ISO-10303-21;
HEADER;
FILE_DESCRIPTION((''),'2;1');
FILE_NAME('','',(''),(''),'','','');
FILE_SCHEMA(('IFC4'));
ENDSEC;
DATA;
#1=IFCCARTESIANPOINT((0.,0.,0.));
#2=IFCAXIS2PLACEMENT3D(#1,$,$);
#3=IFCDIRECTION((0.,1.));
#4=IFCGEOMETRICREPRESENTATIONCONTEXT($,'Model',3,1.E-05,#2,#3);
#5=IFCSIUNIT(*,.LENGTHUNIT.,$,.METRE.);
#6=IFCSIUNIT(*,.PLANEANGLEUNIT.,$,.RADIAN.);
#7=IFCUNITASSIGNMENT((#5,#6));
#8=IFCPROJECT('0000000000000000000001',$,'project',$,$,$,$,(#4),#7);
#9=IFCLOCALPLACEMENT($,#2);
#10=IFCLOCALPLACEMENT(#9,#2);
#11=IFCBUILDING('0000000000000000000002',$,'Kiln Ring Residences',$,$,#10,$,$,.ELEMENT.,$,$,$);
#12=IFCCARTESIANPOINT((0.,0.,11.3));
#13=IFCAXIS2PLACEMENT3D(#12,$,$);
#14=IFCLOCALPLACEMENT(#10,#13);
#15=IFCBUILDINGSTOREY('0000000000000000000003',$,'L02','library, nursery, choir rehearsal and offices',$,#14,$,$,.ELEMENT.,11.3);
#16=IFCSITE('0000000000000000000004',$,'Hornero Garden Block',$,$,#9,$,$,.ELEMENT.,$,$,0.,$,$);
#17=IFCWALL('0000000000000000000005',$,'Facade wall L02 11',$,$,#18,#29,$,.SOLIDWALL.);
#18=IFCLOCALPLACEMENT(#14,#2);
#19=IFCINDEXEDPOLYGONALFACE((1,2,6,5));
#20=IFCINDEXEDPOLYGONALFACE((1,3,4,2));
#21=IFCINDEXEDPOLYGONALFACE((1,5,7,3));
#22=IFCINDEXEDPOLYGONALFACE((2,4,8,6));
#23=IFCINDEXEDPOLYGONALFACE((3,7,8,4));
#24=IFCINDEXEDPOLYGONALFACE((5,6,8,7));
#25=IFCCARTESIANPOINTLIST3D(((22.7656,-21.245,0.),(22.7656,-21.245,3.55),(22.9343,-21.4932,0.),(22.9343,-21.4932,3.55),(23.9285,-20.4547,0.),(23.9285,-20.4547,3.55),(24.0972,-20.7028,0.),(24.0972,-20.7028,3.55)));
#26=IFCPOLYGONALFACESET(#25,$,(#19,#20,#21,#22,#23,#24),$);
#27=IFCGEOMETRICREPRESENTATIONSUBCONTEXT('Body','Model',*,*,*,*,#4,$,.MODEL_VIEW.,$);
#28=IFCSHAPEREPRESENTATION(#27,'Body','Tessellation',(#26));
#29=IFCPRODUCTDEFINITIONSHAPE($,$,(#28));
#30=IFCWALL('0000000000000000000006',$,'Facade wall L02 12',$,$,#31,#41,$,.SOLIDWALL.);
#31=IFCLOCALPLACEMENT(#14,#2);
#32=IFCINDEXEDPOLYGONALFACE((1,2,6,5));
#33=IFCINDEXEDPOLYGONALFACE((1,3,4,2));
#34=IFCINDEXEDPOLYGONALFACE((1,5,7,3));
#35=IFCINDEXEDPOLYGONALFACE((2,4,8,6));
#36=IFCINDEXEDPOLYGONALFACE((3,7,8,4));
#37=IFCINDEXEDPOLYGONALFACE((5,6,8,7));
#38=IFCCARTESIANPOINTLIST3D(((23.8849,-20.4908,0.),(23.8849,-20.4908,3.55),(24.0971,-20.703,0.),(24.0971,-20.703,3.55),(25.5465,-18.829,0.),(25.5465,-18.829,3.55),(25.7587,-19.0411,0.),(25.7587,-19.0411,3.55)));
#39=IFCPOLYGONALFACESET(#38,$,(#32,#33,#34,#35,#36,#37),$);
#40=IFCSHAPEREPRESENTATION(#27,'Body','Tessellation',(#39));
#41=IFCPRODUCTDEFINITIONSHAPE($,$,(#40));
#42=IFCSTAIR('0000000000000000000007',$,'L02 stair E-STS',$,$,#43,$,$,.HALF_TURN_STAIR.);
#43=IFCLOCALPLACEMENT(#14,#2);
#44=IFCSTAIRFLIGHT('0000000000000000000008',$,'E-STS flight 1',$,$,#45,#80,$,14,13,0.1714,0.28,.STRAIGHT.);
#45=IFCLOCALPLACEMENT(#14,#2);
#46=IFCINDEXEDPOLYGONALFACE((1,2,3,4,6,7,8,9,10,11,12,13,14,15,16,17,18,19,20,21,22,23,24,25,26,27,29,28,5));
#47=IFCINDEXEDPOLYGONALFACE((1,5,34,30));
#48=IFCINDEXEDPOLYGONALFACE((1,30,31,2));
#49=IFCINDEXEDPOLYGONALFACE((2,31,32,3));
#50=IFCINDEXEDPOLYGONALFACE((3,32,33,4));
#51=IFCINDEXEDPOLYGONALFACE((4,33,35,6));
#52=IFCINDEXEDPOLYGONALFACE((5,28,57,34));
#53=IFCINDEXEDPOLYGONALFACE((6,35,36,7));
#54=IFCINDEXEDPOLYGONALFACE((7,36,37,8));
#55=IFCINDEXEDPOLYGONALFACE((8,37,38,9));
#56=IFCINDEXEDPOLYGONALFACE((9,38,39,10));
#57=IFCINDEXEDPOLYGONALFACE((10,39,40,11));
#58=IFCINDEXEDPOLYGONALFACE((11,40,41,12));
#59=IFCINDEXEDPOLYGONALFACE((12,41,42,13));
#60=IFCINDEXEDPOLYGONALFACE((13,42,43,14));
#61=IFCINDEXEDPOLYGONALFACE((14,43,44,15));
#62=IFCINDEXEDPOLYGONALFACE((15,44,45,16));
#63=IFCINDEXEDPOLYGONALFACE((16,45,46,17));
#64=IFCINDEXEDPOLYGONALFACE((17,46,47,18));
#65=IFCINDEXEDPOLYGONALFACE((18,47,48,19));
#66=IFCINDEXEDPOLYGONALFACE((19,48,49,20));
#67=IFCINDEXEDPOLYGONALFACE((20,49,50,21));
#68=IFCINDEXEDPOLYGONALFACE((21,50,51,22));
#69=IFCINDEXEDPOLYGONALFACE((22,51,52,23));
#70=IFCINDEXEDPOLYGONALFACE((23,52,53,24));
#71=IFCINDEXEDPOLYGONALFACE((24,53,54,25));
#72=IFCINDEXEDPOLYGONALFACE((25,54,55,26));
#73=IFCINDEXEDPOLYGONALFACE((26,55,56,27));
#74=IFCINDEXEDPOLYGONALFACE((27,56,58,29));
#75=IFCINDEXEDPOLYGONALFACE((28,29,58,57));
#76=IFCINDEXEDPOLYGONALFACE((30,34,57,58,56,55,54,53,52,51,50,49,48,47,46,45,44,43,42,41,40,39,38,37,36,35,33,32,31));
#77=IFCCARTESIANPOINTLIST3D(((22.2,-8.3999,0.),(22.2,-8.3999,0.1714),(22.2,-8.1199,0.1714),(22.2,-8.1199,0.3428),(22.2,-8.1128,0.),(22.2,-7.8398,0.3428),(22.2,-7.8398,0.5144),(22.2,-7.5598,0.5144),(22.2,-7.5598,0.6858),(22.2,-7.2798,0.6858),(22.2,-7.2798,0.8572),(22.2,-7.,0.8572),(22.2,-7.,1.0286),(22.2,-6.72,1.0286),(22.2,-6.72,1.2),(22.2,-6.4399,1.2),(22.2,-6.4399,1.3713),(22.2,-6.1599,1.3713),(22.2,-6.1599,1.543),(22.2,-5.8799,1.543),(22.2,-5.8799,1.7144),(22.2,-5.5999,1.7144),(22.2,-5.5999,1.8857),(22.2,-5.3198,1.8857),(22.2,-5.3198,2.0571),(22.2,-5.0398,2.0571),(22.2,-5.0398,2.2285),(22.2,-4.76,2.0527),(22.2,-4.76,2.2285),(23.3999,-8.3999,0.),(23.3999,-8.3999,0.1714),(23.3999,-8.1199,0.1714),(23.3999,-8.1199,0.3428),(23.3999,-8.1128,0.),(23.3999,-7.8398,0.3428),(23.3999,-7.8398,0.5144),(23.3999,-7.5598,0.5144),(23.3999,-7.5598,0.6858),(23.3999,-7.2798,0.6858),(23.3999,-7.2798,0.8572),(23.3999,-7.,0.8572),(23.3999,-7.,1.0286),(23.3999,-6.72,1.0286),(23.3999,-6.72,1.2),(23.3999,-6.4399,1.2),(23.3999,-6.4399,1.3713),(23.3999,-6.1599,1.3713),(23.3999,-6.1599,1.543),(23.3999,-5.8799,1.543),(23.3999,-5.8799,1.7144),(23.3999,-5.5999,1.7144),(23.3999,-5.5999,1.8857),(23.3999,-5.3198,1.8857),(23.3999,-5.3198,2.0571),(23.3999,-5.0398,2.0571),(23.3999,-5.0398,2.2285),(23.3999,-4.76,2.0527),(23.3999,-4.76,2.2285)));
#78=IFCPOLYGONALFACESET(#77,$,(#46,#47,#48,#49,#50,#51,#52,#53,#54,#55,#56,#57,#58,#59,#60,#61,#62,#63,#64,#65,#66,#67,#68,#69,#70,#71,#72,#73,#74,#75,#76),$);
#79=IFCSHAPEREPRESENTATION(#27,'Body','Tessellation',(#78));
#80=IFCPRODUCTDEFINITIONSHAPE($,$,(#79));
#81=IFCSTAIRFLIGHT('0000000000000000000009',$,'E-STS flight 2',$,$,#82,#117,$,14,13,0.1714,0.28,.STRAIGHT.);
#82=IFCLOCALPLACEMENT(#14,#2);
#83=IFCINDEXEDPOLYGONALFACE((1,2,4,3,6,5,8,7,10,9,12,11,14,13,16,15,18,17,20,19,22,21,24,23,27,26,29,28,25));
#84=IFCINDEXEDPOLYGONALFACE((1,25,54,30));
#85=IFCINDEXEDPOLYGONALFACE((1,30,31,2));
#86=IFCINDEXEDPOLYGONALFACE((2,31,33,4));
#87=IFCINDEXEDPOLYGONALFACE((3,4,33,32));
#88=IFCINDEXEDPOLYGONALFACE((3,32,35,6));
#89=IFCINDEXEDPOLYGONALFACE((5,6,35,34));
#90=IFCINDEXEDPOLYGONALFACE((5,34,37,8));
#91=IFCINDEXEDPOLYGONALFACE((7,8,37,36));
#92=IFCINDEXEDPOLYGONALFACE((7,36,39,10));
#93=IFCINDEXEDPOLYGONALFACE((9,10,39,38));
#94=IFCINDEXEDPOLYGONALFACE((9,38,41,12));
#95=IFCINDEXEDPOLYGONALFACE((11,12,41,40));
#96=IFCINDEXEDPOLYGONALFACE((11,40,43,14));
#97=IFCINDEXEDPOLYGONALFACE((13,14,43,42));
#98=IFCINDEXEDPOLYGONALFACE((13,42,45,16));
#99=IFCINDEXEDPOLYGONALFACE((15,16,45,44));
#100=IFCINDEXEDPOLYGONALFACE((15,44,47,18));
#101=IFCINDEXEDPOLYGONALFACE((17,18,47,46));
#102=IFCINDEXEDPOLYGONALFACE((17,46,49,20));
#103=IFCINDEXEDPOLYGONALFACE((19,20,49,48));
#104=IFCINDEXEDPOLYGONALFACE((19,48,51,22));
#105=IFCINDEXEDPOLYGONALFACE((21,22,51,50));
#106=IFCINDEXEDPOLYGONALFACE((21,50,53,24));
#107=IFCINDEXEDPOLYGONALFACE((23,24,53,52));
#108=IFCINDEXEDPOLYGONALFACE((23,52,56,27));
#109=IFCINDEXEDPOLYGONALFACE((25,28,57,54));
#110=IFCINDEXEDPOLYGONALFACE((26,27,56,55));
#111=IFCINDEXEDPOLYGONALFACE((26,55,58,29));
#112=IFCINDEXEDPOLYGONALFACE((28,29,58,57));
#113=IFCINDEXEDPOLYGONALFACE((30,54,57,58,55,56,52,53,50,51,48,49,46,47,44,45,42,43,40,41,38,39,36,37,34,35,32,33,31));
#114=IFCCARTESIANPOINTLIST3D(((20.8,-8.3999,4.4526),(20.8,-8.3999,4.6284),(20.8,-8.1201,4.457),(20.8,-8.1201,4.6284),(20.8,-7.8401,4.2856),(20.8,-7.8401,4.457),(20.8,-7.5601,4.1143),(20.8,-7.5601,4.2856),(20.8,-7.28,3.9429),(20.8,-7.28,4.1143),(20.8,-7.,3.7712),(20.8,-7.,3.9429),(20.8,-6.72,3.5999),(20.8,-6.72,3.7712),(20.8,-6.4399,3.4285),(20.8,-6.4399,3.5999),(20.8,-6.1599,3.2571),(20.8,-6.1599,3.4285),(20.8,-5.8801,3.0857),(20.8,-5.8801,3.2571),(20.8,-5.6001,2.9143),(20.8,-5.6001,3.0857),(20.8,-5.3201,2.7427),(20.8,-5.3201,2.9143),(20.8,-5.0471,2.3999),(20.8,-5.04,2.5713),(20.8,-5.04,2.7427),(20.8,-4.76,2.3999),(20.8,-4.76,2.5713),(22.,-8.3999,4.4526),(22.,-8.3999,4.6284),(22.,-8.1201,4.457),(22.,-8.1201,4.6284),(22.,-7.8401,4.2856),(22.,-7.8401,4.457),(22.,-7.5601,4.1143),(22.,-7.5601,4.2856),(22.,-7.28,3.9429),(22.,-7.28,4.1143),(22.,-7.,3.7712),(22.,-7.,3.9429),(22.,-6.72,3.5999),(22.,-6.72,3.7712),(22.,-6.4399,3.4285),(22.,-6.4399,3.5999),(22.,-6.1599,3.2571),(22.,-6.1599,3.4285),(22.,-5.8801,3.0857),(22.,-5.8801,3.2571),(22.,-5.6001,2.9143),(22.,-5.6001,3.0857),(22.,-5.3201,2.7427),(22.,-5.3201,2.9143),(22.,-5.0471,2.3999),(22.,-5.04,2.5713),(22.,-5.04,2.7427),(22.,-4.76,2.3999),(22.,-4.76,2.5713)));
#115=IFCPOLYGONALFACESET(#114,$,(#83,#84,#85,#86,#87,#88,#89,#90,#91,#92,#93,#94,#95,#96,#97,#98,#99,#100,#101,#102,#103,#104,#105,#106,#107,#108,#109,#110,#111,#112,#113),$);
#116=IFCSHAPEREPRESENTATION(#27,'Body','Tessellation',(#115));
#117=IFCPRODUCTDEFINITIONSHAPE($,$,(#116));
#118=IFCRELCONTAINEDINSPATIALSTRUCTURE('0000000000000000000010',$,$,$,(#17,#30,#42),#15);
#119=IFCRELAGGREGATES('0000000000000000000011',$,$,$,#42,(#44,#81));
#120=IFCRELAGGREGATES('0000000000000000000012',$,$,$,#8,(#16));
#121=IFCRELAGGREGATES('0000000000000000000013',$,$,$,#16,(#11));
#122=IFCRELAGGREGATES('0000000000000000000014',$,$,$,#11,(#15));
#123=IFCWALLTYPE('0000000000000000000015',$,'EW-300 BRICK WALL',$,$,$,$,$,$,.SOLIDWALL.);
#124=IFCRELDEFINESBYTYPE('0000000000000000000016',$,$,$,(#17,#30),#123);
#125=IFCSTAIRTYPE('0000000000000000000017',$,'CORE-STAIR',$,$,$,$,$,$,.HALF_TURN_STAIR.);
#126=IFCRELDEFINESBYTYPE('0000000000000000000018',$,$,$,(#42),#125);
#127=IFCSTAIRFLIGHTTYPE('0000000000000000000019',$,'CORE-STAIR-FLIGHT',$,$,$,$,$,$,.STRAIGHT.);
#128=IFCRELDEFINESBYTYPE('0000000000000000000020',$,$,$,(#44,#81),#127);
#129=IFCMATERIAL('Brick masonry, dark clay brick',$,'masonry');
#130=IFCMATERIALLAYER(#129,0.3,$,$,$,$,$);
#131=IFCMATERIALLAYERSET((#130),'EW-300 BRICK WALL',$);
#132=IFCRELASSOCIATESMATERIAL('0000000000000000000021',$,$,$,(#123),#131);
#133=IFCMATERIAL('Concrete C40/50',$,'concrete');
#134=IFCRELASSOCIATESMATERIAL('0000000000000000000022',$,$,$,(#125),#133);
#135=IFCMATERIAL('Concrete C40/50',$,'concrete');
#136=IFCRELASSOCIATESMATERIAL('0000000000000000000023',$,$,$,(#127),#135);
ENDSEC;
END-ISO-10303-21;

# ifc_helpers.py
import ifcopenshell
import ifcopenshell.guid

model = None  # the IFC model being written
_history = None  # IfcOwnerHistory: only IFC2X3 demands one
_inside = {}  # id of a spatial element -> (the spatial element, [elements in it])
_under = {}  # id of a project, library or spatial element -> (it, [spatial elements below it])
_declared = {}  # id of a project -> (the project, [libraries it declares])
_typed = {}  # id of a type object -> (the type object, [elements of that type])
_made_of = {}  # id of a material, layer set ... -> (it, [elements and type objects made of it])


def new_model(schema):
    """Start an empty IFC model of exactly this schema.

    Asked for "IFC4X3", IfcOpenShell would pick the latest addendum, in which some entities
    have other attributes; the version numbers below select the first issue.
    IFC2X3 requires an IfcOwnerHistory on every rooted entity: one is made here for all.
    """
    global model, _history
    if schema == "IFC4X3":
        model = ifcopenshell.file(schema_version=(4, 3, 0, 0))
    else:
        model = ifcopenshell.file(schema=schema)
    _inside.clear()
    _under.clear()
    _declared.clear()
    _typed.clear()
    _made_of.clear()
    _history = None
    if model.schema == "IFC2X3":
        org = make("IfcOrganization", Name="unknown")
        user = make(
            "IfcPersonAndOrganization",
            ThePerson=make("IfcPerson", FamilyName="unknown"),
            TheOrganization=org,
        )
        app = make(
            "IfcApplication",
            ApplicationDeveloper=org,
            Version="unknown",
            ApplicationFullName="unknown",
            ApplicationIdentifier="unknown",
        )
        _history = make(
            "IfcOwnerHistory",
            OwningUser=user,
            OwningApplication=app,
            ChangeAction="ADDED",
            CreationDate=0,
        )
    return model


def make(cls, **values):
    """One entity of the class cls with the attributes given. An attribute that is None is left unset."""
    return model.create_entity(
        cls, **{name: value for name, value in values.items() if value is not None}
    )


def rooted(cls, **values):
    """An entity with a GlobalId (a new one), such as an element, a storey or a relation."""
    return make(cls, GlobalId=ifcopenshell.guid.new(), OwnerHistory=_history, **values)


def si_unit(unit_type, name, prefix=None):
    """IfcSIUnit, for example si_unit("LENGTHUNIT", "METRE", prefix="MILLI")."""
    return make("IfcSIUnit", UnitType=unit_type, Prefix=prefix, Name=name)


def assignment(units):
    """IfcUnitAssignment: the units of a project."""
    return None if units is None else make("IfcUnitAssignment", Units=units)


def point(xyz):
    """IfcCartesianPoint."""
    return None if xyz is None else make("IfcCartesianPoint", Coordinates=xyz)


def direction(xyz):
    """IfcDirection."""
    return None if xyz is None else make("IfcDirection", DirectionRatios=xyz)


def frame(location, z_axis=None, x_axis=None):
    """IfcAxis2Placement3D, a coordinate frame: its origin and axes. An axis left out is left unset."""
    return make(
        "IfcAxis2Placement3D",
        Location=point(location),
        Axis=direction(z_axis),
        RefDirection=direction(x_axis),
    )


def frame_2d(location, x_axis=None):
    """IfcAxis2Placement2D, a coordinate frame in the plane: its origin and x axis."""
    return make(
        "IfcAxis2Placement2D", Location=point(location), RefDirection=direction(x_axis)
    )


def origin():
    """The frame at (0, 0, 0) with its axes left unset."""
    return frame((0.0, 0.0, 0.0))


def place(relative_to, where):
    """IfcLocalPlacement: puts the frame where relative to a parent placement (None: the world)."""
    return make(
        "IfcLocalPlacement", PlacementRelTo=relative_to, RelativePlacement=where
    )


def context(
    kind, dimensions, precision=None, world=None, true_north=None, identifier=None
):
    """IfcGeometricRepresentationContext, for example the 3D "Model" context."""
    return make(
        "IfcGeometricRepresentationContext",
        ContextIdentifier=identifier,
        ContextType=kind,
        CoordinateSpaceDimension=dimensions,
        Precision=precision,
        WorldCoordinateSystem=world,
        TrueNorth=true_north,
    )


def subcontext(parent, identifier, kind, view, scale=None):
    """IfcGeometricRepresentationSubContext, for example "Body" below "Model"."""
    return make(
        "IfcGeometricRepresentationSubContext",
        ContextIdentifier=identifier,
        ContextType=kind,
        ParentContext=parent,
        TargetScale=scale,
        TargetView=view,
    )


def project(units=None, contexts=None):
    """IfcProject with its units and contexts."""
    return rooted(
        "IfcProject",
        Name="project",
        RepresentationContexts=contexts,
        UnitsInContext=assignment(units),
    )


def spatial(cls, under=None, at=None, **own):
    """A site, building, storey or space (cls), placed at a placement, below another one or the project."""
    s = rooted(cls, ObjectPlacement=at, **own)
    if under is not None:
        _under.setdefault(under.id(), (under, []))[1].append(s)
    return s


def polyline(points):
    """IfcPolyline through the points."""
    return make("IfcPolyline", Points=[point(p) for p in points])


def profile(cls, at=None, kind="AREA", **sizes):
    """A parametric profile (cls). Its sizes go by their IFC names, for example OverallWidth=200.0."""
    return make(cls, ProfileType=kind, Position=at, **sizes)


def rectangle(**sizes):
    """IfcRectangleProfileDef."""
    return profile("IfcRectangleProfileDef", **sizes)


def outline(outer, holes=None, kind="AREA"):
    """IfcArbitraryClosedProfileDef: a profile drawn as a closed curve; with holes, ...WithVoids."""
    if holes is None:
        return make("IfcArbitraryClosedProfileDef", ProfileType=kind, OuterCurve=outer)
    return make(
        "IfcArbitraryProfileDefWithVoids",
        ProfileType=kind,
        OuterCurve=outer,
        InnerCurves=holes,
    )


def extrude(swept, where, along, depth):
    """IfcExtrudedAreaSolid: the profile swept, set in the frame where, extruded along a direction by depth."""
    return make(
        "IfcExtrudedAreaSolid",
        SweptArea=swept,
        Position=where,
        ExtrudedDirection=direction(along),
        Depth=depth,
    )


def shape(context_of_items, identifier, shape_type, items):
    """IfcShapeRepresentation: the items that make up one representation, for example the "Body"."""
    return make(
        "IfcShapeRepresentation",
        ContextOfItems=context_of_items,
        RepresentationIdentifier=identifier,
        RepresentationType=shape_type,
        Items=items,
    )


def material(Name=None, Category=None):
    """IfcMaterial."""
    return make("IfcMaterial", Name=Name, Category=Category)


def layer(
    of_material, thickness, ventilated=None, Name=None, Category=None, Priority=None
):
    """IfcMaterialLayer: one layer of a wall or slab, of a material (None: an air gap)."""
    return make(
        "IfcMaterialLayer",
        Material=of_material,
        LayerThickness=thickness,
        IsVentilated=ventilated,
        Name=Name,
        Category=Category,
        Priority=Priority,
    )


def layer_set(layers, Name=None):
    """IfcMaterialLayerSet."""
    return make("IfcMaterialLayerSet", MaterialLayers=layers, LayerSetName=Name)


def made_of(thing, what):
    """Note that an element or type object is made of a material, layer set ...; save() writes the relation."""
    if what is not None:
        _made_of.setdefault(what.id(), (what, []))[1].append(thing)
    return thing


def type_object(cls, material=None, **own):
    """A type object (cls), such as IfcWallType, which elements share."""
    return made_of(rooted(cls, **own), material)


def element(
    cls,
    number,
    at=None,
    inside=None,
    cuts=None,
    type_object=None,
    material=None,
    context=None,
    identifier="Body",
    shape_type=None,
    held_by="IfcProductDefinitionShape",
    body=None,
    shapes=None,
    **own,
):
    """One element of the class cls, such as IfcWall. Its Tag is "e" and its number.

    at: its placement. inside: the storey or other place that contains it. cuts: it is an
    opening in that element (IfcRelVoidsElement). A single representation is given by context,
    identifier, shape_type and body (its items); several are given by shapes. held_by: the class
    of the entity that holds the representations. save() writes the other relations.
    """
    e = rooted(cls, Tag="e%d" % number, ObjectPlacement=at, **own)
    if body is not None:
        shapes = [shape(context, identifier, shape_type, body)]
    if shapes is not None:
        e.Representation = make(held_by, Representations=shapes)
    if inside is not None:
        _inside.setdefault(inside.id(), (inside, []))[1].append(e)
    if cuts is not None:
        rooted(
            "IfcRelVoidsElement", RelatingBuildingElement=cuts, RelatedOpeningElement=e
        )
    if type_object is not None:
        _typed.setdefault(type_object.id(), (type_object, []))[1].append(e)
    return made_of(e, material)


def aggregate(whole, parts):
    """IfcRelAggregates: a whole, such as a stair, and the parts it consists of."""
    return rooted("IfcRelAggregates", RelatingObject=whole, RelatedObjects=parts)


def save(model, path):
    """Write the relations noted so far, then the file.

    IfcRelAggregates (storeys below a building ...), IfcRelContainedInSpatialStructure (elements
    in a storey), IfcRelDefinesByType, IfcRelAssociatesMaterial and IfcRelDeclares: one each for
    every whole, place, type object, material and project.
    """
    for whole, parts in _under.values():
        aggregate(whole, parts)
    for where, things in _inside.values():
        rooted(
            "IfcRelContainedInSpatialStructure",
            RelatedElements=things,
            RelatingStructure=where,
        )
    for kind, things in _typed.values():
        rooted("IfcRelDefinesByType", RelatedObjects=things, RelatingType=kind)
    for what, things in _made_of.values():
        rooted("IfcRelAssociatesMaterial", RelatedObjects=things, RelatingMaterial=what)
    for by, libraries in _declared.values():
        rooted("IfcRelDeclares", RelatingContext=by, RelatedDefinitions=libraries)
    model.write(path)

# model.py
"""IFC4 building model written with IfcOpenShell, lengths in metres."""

from ifc_helpers import new_model, si_unit, direction, frame, frame_2d, origin, place, context, subcontext, project, spatial, polyline, rectangle, outline, extrude, material, layer, layer_set, type_object, element, aggregate, save


model = new_model("IFC4")

# Units and contexts
model_context = context("Model", 3, precision=1e-05, world=origin(), true_north=direction((0.0, 1.0)))
body_context = subcontext(model_context, "Body", "Model", "MODEL_VIEW")
ifc_project = project(units=[si_unit("LENGTHUNIT", "METRE"), si_unit("PLANEANGLEUNIT", "RADIAN")], contexts=[model_context])

# Site, building, storey
site_placement = place(None, origin())
site = spatial("IfcSite", under=ifc_project, at=site_placement, Name="Hornero Garden Block", CompositionType="ELEMENT", RefElevation=0.0)
building_placement = place(site_placement, origin())
building = spatial("IfcBuilding", under=site, at=building_placement, Name="Kiln Ring Residences", CompositionType="ELEMENT")
storey_placement = place(building_placement, frame((0.0, 0.0, 11.3)))
storey = spatial("IfcBuildingStorey", under=building, at=storey_placement, Name="L02", Description="library, nursery, choir rehearsal and offices", CompositionType="ELEMENT", Elevation=11.3)

# Walls
ifc_material_1 = material(Name="Brick masonry, dark clay brick", Category="masonry")
ifc_layer_1 = layer(ifc_material_1, 0.3)
ifc_layer_set_1 = layer_set([ifc_layer_1], Name="EW-300 BRICK WALL")
wall_type_1 = type_object("IfcWallType", Name="EW-300 BRICK WALL", PredefinedType="SOLIDWALL", material=ifc_layer_set_1)
wall_1_placement = place(storey_placement, frame((22.8499, -21.3691, 0.0), z_axis=(0.0, 0.0, 1.0), x_axis=(0.827075, 0.562092, 0.0)))
element("IfcWall", 1, at=wall_1_placement, inside=storey, type_object=wall_type_1, Name="Facade wall L02 11", PredefinedType="SOLIDWALL", context=body_context, shape_type="SweptSolid", body=[
    extrude(rectangle(XDim=1.406, YDim=0.3, at=frame_2d((0.7031, 0.0))), origin(), (0.0, 0.0, 1.0), 3.55),
])
wall_2_placement = place(storey_placement, frame((23.991, -20.5969, 0.0), z_axis=(0.0, 0.0, 1.0), x_axis=(0.707055, 0.707159, 0.0)))
element("IfcWall", 2, at=wall_2_placement, inside=storey, type_object=wall_type_1, Name="Facade wall L02 12", PredefinedType="SOLIDWALL", context=body_context, shape_type="SweptSolid", body=[
    extrude(rectangle(XDim=2.3501, YDim=0.3, at=frame_2d((1.175, 0.0))), origin(), (0.0, 0.0, 1.0), 3.55),
])

# Stair, stair flights
ifc_material_2 = material(Name="Concrete C40/50", Category="concrete")
stair_type = type_object("IfcStairType", Name="CORE-STAIR", PredefinedType="HALF_TURN_STAIR", material=ifc_material_2)
stair_placement = place(storey_placement, origin())
stair = element("IfcStair", 3, at=stair_placement, inside=storey, type_object=stair_type, Name="L02 stair E-STS", PredefinedType="HALF_TURN_STAIR")
ifc_material_3 = material(Name="Concrete C40/50", Category="concrete")
stair_flight_type = type_object("IfcStairFlightType", Name="CORE-STAIR-FLIGHT", PredefinedType="STRAIGHT", material=ifc_material_3)
stair_flight_1_placement = place(storey_placement, frame((22.8, -8.3999, 0.0), z_axis=(0.0, 0.0, 1.0), x_axis=(0.0, 1.0, 0.0)))
stair_flight_1 = element("IfcStairFlight", 4, at=stair_flight_1_placement, type_object=stair_flight_type, Name="E-STS flight 1", NumberOfRisers=14, NumberOfTreads=13, PredefinedType="STRAIGHT", RiserHeight=0.1714, TreadLength=0.28, context=body_context, shape_type="SweptSolid", body=[
    extrude(outline(polyline([(0.0, 0.0), (0.0, 0.1714), (0.28, 0.1714), (0.28, 0.3428), (0.5601, 0.3428), (0.5601, 0.5144), (0.8401, 0.5144), (0.8401, 0.6858), (1.1201, 0.6858), (1.1201, 0.8572), (1.3999, 0.8572), (1.3999, 1.0286), (1.6799, 1.0286), (1.6799, 1.2), (1.96, 1.2), (1.96, 1.3713), (2.24, 1.3713), (2.24, 1.543), (2.52, 1.543), (2.52, 1.7144), (2.8, 1.7144), (2.8, 1.8857), (3.0801, 1.8857), (3.0801, 2.0571), (3.3601, 2.0571), (3.3601, 2.2285), (3.6399, 2.2285), (3.6399, 2.3999), (3.6399, 2.0527), (0.2871, 0.0), (0.0, 0.0)])), frame((0.0, 0.6001, 0.0), z_axis=(0.0, -1.0, 0.0), x_axis=(1.0, 0.0, 0.0)), (0.0, 0.0, 1.0), 1.2),
])
stair_flight_2_placement = place(storey_placement, frame((21.3999, -4.76, 2.3999), z_axis=(0.0, 0.0, 1.0), x_axis=(0.0, -1.0, 0.0)))
stair_flight_2 = element("IfcStairFlight", 5, at=stair_flight_2_placement, type_object=stair_flight_type, Name="E-STS flight 2", NumberOfRisers=14, NumberOfTreads=13, PredefinedType="STRAIGHT", RiserHeight=0.1714, TreadLength=0.28, context=body_context, shape_type="SweptSolid", body=[
    extrude(outline(polyline([(0.0, 0.0), (0.0, 0.1714), (0.28, 0.1714), (0.28, 0.3428), (0.5601, 0.3428), (0.5601, 0.5144), (0.8401, 0.5144), (0.8401, 0.6858), (1.1201, 0.6858), (1.1201, 0.8572), (1.3999, 0.8572), (1.3999, 1.0286), (1.6799, 1.0286), (1.6799, 1.2), (1.96, 1.2), (1.96, 1.3713), (2.24, 1.3713), (2.24, 1.543), (2.52, 1.543), (2.52, 1.7144), (2.8, 1.7144), (2.8, 1.8857), (3.0801, 1.8857), (3.0801, 2.0571), (3.3601, 2.0571), (3.3601, 2.2285), (3.6399, 2.2285), (3.6399, 2.3999), (3.6399, 2.0527), (0.2871, 0.0), (0.0, 0.0)])), frame((0.0, 0.6001, 0.0), z_axis=(0.0, -1.0, 0.0), x_axis=(1.0, 0.0, 0.0)), (0.0, 0.0, 1.0), 1.2),
])
aggregate(stair, [stair_flight_1, stair_flight_2])

save(model, "model.ifc")
